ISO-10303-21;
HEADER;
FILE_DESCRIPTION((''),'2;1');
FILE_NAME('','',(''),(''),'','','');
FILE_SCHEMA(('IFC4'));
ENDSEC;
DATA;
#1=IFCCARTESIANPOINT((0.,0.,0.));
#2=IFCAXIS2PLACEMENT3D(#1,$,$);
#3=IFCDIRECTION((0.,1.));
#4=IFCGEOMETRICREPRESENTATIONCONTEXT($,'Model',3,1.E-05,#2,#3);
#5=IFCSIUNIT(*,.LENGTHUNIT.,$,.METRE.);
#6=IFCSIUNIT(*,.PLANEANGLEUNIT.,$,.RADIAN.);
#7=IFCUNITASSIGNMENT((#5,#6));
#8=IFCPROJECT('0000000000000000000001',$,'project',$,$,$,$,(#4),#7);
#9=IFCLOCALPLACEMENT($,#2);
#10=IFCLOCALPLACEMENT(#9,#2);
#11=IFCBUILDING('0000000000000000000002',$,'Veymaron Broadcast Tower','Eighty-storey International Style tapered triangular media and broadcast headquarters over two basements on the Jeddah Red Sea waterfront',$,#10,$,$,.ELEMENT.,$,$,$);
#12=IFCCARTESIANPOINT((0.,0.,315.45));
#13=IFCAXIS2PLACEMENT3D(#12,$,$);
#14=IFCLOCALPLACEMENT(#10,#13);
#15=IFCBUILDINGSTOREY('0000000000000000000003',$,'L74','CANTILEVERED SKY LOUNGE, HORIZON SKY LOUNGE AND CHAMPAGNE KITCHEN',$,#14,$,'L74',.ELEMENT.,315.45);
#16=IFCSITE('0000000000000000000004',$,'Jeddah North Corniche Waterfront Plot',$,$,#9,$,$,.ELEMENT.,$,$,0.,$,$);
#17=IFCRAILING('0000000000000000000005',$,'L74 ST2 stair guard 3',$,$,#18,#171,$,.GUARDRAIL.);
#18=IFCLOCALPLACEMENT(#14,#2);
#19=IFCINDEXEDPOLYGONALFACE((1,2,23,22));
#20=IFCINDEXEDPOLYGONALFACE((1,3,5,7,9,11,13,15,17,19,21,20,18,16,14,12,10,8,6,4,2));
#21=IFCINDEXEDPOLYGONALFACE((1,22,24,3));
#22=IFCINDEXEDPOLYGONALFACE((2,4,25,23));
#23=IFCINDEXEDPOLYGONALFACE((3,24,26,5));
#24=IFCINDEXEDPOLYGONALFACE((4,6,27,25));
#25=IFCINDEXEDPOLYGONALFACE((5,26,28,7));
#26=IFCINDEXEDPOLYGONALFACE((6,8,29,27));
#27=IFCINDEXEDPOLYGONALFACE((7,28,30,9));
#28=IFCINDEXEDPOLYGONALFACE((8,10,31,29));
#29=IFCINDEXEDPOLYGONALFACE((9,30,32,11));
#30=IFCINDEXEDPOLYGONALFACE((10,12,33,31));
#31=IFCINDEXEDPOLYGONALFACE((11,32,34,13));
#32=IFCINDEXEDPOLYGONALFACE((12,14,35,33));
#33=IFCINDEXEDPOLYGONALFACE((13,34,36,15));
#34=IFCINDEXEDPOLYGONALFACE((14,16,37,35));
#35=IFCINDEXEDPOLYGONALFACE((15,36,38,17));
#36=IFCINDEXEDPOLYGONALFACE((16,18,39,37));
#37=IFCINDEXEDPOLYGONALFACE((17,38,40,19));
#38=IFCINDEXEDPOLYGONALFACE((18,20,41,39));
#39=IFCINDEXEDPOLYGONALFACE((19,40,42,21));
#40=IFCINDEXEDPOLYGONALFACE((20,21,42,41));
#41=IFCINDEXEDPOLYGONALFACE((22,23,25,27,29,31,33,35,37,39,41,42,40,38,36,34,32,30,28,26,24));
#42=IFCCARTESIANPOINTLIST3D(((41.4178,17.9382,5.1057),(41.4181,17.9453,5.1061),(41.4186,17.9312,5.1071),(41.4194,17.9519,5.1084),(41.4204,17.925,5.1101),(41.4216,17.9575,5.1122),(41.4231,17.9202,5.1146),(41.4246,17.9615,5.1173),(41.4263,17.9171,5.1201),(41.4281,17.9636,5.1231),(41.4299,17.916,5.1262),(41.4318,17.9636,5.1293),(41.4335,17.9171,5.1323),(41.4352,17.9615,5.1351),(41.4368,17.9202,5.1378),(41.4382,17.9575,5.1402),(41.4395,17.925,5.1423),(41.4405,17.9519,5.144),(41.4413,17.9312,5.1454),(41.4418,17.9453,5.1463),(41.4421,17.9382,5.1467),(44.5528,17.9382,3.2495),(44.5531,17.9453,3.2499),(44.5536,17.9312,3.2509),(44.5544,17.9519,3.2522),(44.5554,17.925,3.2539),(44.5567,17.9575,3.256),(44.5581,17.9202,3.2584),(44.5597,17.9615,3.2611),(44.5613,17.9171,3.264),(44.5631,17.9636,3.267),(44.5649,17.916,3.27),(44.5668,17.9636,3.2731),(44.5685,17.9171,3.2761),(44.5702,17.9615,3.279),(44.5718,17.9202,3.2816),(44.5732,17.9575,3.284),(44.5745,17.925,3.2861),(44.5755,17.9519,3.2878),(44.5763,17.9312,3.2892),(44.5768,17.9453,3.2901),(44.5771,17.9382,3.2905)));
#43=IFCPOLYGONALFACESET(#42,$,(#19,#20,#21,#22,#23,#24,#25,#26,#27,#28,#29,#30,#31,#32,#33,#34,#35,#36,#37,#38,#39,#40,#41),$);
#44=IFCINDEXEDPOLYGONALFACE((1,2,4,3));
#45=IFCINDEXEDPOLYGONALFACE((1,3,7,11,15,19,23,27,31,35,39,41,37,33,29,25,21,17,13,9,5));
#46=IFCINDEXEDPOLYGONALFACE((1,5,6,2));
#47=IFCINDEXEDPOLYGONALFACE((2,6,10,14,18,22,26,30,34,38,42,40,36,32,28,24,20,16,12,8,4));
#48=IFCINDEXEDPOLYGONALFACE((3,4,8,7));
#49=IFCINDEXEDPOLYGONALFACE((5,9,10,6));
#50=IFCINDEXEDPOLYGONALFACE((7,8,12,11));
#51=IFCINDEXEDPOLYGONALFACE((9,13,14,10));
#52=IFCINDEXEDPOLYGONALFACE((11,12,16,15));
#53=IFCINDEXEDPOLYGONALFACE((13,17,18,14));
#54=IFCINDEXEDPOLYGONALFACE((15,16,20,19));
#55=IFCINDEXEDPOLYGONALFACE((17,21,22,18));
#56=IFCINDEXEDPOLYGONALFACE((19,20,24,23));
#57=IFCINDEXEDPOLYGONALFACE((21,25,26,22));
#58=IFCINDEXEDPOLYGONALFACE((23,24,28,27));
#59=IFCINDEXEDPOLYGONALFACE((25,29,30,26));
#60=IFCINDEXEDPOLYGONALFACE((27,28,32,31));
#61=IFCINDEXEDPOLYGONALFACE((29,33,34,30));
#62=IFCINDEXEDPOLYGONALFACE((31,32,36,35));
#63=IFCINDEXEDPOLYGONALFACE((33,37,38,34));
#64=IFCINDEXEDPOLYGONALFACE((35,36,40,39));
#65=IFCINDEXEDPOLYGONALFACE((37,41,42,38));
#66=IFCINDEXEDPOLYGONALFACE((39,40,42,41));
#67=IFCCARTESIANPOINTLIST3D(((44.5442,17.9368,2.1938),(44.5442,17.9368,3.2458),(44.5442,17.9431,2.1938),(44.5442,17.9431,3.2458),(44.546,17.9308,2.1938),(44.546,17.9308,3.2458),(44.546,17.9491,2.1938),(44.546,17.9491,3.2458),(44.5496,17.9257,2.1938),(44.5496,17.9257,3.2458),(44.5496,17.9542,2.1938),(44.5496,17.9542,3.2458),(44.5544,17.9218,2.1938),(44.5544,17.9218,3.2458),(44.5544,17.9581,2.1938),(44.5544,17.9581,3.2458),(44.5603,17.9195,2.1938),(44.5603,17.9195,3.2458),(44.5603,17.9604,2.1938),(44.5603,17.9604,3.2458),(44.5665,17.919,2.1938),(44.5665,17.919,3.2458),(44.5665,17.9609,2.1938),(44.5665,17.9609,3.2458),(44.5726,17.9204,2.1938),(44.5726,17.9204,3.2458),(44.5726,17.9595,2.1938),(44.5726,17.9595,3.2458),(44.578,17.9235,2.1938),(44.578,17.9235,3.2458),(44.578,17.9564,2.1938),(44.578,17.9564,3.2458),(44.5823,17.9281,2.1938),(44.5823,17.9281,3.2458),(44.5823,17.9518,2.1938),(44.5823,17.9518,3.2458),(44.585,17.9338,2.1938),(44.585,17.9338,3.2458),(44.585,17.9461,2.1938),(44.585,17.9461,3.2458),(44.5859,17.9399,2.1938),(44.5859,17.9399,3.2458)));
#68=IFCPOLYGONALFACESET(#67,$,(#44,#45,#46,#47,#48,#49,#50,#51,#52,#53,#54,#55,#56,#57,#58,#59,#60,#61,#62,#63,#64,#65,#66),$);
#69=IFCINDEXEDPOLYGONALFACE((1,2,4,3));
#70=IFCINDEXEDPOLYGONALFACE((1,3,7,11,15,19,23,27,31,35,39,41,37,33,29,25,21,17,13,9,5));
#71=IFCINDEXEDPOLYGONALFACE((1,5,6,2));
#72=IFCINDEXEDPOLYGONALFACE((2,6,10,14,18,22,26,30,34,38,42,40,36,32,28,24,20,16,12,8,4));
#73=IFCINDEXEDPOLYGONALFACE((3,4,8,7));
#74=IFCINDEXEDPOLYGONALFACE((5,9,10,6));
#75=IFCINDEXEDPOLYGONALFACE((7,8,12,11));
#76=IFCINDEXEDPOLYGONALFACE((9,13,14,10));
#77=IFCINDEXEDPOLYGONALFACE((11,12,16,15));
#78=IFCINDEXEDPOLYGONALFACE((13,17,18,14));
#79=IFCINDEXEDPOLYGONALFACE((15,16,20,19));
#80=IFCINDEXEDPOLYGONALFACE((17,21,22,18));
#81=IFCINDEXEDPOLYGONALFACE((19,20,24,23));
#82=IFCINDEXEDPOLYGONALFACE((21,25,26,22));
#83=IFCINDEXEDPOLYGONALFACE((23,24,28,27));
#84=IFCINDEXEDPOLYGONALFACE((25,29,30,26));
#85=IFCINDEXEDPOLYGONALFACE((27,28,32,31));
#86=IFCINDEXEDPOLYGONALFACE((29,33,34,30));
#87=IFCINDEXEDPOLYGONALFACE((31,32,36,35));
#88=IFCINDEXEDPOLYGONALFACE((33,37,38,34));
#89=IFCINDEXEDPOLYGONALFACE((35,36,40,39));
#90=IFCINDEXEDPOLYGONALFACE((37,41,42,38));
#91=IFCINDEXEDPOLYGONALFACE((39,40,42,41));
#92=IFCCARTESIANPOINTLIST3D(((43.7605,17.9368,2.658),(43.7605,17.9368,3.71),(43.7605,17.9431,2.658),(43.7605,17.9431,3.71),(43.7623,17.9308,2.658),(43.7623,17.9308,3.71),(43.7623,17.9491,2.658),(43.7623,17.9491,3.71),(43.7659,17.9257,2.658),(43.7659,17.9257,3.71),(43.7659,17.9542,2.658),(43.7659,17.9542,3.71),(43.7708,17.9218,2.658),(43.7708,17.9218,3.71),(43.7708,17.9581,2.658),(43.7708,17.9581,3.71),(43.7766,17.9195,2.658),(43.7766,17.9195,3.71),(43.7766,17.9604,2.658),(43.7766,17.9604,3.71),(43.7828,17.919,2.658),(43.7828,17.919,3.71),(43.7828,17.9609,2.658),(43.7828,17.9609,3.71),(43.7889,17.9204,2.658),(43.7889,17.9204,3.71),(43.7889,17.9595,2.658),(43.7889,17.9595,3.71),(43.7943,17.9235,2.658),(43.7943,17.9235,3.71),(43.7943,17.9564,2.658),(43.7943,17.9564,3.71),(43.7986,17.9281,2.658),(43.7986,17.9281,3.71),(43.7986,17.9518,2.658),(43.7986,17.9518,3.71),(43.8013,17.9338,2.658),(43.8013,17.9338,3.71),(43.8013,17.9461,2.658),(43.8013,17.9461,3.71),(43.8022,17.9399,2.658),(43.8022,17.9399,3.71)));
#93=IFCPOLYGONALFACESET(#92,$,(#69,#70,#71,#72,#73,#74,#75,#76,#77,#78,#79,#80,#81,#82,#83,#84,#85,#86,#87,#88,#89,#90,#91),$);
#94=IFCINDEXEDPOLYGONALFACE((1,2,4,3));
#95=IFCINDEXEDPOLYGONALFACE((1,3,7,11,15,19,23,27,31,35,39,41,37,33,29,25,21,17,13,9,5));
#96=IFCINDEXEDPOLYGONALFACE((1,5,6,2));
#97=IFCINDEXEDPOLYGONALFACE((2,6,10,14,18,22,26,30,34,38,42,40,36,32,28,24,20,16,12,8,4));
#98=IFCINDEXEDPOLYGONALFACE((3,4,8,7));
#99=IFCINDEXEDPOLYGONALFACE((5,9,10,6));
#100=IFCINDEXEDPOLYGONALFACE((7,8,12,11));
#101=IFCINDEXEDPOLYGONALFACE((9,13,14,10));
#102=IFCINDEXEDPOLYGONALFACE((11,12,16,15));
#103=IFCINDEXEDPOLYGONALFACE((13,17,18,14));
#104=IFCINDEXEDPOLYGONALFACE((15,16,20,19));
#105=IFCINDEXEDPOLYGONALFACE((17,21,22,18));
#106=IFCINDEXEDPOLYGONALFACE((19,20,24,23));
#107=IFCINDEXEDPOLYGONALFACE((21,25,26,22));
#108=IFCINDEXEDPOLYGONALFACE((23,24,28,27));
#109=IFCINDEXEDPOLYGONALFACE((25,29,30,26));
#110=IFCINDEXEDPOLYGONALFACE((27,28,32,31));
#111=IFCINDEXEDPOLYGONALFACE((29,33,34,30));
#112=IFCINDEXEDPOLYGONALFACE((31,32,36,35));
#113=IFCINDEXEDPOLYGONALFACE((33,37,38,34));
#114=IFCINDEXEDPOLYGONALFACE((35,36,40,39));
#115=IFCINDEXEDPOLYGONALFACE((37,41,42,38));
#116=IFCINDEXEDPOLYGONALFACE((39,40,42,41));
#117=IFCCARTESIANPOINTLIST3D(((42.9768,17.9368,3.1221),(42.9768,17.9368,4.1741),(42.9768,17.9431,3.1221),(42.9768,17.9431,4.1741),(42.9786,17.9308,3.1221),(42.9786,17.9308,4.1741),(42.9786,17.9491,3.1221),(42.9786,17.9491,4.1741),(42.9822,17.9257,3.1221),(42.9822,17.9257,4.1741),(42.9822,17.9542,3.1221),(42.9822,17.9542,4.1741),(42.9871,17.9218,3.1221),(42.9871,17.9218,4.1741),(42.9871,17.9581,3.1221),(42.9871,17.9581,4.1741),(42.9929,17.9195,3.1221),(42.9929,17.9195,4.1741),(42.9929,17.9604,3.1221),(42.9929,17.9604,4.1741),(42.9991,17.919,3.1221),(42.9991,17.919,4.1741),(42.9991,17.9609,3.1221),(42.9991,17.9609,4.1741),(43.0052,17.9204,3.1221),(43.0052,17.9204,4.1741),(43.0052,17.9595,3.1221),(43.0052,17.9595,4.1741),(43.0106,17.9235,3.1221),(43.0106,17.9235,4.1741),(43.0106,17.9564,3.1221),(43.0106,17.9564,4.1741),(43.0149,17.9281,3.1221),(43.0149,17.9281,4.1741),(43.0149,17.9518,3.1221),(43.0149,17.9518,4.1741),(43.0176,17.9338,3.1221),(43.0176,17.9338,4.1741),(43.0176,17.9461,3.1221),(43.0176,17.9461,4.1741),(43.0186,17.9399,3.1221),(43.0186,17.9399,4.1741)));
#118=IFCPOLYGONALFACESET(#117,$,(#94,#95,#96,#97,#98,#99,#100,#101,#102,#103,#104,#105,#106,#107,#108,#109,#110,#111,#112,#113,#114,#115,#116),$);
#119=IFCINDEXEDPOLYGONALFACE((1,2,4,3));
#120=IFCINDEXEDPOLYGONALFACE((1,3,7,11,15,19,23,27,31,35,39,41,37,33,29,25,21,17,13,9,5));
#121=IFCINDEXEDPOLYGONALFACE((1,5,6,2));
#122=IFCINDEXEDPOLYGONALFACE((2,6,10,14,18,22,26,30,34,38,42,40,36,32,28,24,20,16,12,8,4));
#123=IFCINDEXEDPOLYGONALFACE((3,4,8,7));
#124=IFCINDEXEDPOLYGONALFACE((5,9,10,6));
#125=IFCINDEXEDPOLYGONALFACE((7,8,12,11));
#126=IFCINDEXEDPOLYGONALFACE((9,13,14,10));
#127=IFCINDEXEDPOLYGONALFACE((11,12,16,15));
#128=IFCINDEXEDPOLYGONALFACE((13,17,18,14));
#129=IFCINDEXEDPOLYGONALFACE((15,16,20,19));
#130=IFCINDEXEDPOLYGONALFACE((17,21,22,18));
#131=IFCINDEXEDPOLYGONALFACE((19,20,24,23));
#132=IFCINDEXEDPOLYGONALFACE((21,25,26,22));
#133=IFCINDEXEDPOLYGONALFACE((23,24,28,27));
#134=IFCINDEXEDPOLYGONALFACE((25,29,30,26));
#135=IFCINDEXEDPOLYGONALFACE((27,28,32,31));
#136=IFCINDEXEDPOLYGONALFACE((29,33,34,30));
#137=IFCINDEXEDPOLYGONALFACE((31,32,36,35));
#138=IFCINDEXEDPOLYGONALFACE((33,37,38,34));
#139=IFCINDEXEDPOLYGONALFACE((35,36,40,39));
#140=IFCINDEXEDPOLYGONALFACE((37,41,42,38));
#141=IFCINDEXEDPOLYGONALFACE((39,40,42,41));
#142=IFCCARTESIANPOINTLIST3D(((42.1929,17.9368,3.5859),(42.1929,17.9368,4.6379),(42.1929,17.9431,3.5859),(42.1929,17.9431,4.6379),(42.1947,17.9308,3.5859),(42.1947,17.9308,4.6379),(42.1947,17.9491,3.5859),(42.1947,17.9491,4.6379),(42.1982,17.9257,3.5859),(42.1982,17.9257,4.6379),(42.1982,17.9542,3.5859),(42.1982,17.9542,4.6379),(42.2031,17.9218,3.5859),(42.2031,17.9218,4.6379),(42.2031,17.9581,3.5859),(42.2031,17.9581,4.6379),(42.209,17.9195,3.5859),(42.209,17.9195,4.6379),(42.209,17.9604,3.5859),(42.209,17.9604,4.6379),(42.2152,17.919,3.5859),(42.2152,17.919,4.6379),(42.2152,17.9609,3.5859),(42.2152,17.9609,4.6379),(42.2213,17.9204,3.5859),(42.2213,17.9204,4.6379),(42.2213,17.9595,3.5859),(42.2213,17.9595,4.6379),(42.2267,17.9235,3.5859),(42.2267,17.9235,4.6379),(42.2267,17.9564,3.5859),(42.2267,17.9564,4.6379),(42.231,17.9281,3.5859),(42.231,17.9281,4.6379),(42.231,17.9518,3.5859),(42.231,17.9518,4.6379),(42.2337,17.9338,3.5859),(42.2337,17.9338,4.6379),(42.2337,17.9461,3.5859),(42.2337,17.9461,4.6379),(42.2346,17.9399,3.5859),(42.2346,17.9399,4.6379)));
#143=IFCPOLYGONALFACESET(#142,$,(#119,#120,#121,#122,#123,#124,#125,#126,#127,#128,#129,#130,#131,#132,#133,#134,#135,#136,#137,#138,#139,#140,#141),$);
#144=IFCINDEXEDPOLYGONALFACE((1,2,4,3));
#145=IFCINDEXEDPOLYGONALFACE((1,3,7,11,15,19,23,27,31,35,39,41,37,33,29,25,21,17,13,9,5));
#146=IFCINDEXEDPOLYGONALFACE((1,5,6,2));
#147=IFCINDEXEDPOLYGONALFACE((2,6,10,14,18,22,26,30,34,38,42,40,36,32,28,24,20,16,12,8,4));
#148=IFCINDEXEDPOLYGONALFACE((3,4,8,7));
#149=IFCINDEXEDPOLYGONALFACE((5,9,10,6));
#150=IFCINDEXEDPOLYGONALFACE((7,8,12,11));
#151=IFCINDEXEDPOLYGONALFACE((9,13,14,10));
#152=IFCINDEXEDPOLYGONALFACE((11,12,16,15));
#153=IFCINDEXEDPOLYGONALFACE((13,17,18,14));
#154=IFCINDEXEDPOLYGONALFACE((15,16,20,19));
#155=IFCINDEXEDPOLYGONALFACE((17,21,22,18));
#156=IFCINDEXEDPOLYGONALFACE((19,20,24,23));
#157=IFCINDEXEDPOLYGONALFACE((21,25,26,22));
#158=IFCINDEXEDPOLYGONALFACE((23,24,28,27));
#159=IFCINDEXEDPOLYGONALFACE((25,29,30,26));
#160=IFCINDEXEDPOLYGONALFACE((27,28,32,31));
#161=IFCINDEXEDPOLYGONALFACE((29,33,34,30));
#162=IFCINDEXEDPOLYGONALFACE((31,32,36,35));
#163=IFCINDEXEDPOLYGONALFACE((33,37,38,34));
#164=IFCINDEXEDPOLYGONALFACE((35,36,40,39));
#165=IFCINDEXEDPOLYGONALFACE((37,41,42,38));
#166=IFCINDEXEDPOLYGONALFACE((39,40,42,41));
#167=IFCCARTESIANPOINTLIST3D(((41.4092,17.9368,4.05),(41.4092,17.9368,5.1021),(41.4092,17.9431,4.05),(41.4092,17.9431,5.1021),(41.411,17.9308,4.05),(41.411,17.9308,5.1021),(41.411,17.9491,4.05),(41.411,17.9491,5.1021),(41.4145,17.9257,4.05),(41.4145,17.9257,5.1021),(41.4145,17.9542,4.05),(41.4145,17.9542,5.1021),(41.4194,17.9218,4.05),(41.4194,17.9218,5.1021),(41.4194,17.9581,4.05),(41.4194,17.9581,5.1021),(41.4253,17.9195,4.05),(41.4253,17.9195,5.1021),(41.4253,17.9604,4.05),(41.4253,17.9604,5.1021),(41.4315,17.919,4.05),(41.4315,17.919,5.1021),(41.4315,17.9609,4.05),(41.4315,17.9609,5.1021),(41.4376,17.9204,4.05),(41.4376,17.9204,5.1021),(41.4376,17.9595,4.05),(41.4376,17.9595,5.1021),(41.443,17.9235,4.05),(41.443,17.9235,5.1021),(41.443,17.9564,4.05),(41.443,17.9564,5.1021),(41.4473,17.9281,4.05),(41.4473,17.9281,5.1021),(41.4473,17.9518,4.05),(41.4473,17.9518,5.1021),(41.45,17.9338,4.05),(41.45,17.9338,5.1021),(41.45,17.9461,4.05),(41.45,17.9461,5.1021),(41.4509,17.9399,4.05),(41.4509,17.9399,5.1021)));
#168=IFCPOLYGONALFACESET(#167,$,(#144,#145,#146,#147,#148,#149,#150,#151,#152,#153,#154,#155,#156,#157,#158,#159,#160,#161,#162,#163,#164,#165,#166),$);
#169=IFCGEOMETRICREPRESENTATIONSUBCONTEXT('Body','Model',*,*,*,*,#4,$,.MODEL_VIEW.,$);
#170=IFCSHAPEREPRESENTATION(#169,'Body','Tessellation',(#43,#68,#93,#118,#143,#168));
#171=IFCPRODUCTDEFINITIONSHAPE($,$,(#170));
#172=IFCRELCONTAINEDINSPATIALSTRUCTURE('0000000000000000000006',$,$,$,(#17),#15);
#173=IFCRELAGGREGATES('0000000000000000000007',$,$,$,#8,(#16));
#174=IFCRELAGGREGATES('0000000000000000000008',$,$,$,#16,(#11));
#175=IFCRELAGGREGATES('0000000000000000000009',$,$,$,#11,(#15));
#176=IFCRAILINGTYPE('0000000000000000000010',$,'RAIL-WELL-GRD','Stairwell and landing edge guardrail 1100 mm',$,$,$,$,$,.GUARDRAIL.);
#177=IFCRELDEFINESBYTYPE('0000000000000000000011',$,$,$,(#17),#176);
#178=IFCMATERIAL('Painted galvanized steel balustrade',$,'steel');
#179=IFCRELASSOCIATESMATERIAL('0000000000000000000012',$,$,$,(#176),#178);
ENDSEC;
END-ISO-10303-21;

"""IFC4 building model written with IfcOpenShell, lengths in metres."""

from ifc_helpers import new_model, si_unit, direction, frame, origin, origin_2d, place, context, subcontext, project, spatial, circle, extrude, material, type_object, element, save


model = new_model("IFC4")

# Units and contexts
model_context = context("Model", 3, precision=1e-05, world=origin(), true_north=direction((0.0, 1.0)))
body_context = subcontext(model_context, "Body", "Model", "MODEL_VIEW")
ifc_project = project(units=[si_unit("LENGTHUNIT", "METRE"), si_unit("PLANEANGLEUNIT", "RADIAN")], contexts=[model_context])

# Site, building, storey
site_placement = place(None, origin())
site = spatial("IfcSite", under=ifc_project, at=site_placement, Name="Jeddah North Corniche Waterfront Plot", CompositionType="ELEMENT", RefElevation=0.0)
building_placement = place(site_placement, origin())
building = spatial("IfcBuilding", under=site, at=building_placement, Name="Veymaron Broadcast Tower", Description="Eighty-storey International Style tapered triangular media and broadcast headquarters over two basements on the Jeddah Red Sea waterfront", CompositionType="ELEMENT")
storey_placement = place(building_placement, frame((0.0, 0.0, 315.45)))
storey = spatial("IfcBuildingStorey", under=building, at=storey_placement, Name="L74", Description="CANTILEVERED SKY LOUNGE, HORIZON SKY LOUNGE AND CHAMPAGNE KITCHEN", LongName="L74", CompositionType="ELEMENT", Elevation=315.45)

# Railing
ifc_material_1 = material(Name="Painted galvanized steel balustrade", Category="steel")
railing_type_1 = type_object("IfcRailingType", Name="RAIL-WELL-GRD", Description="Stairwell and landing edge guardrail 1100 mm", PredefinedType="GUARDRAIL", material=ifc_material_1)
railing_1_placement = place(storey_placement, frame((44.5649, 17.9399, 2.1938)))
element("IfcRailing", 1, at=railing_1_placement, inside=storey, type_object=railing_type_1, Name="L74 ST2 stair guard 3", PredefinedType="GUARDRAIL", context=body_context, shape_type="SweptSolid", body=[
    extrude(circle(Radius=0.0239, at=origin_2d()), frame((0.0, 0.0, 1.0762), z_axis=(-0.860482, 0.0, 0.509481), x_axis=(0.0, -1.0, 0.0)), (0.0, 0.0, 1.0), 3.6433),
    extrude(circle(Radius=0.021, at=origin_2d()), origin(), (0.0, 0.0, 1.0), 1.052),
    extrude(circle(Radius=0.021, at=origin_2d()), frame((-0.7837, 0.0, 0.4641)), (0.0, 0.0, 1.0), 1.052),
    extrude(circle(Radius=0.021, at=origin_2d()), frame((-1.5674, 0.0, 0.9282)), (0.0, 0.0, 1.0), 1.052),
    extrude(circle(Radius=0.021, at=origin_2d()), frame((-2.3513, 0.0, 1.3921)), (0.0, 0.0, 1.0), 1.052),
    extrude(circle(Radius=0.021, at=origin_2d()), frame((-3.135, 0.0, 1.8562)), (0.0, 0.0, 1.0), 1.052),
])

save(model, "model.ifc")
